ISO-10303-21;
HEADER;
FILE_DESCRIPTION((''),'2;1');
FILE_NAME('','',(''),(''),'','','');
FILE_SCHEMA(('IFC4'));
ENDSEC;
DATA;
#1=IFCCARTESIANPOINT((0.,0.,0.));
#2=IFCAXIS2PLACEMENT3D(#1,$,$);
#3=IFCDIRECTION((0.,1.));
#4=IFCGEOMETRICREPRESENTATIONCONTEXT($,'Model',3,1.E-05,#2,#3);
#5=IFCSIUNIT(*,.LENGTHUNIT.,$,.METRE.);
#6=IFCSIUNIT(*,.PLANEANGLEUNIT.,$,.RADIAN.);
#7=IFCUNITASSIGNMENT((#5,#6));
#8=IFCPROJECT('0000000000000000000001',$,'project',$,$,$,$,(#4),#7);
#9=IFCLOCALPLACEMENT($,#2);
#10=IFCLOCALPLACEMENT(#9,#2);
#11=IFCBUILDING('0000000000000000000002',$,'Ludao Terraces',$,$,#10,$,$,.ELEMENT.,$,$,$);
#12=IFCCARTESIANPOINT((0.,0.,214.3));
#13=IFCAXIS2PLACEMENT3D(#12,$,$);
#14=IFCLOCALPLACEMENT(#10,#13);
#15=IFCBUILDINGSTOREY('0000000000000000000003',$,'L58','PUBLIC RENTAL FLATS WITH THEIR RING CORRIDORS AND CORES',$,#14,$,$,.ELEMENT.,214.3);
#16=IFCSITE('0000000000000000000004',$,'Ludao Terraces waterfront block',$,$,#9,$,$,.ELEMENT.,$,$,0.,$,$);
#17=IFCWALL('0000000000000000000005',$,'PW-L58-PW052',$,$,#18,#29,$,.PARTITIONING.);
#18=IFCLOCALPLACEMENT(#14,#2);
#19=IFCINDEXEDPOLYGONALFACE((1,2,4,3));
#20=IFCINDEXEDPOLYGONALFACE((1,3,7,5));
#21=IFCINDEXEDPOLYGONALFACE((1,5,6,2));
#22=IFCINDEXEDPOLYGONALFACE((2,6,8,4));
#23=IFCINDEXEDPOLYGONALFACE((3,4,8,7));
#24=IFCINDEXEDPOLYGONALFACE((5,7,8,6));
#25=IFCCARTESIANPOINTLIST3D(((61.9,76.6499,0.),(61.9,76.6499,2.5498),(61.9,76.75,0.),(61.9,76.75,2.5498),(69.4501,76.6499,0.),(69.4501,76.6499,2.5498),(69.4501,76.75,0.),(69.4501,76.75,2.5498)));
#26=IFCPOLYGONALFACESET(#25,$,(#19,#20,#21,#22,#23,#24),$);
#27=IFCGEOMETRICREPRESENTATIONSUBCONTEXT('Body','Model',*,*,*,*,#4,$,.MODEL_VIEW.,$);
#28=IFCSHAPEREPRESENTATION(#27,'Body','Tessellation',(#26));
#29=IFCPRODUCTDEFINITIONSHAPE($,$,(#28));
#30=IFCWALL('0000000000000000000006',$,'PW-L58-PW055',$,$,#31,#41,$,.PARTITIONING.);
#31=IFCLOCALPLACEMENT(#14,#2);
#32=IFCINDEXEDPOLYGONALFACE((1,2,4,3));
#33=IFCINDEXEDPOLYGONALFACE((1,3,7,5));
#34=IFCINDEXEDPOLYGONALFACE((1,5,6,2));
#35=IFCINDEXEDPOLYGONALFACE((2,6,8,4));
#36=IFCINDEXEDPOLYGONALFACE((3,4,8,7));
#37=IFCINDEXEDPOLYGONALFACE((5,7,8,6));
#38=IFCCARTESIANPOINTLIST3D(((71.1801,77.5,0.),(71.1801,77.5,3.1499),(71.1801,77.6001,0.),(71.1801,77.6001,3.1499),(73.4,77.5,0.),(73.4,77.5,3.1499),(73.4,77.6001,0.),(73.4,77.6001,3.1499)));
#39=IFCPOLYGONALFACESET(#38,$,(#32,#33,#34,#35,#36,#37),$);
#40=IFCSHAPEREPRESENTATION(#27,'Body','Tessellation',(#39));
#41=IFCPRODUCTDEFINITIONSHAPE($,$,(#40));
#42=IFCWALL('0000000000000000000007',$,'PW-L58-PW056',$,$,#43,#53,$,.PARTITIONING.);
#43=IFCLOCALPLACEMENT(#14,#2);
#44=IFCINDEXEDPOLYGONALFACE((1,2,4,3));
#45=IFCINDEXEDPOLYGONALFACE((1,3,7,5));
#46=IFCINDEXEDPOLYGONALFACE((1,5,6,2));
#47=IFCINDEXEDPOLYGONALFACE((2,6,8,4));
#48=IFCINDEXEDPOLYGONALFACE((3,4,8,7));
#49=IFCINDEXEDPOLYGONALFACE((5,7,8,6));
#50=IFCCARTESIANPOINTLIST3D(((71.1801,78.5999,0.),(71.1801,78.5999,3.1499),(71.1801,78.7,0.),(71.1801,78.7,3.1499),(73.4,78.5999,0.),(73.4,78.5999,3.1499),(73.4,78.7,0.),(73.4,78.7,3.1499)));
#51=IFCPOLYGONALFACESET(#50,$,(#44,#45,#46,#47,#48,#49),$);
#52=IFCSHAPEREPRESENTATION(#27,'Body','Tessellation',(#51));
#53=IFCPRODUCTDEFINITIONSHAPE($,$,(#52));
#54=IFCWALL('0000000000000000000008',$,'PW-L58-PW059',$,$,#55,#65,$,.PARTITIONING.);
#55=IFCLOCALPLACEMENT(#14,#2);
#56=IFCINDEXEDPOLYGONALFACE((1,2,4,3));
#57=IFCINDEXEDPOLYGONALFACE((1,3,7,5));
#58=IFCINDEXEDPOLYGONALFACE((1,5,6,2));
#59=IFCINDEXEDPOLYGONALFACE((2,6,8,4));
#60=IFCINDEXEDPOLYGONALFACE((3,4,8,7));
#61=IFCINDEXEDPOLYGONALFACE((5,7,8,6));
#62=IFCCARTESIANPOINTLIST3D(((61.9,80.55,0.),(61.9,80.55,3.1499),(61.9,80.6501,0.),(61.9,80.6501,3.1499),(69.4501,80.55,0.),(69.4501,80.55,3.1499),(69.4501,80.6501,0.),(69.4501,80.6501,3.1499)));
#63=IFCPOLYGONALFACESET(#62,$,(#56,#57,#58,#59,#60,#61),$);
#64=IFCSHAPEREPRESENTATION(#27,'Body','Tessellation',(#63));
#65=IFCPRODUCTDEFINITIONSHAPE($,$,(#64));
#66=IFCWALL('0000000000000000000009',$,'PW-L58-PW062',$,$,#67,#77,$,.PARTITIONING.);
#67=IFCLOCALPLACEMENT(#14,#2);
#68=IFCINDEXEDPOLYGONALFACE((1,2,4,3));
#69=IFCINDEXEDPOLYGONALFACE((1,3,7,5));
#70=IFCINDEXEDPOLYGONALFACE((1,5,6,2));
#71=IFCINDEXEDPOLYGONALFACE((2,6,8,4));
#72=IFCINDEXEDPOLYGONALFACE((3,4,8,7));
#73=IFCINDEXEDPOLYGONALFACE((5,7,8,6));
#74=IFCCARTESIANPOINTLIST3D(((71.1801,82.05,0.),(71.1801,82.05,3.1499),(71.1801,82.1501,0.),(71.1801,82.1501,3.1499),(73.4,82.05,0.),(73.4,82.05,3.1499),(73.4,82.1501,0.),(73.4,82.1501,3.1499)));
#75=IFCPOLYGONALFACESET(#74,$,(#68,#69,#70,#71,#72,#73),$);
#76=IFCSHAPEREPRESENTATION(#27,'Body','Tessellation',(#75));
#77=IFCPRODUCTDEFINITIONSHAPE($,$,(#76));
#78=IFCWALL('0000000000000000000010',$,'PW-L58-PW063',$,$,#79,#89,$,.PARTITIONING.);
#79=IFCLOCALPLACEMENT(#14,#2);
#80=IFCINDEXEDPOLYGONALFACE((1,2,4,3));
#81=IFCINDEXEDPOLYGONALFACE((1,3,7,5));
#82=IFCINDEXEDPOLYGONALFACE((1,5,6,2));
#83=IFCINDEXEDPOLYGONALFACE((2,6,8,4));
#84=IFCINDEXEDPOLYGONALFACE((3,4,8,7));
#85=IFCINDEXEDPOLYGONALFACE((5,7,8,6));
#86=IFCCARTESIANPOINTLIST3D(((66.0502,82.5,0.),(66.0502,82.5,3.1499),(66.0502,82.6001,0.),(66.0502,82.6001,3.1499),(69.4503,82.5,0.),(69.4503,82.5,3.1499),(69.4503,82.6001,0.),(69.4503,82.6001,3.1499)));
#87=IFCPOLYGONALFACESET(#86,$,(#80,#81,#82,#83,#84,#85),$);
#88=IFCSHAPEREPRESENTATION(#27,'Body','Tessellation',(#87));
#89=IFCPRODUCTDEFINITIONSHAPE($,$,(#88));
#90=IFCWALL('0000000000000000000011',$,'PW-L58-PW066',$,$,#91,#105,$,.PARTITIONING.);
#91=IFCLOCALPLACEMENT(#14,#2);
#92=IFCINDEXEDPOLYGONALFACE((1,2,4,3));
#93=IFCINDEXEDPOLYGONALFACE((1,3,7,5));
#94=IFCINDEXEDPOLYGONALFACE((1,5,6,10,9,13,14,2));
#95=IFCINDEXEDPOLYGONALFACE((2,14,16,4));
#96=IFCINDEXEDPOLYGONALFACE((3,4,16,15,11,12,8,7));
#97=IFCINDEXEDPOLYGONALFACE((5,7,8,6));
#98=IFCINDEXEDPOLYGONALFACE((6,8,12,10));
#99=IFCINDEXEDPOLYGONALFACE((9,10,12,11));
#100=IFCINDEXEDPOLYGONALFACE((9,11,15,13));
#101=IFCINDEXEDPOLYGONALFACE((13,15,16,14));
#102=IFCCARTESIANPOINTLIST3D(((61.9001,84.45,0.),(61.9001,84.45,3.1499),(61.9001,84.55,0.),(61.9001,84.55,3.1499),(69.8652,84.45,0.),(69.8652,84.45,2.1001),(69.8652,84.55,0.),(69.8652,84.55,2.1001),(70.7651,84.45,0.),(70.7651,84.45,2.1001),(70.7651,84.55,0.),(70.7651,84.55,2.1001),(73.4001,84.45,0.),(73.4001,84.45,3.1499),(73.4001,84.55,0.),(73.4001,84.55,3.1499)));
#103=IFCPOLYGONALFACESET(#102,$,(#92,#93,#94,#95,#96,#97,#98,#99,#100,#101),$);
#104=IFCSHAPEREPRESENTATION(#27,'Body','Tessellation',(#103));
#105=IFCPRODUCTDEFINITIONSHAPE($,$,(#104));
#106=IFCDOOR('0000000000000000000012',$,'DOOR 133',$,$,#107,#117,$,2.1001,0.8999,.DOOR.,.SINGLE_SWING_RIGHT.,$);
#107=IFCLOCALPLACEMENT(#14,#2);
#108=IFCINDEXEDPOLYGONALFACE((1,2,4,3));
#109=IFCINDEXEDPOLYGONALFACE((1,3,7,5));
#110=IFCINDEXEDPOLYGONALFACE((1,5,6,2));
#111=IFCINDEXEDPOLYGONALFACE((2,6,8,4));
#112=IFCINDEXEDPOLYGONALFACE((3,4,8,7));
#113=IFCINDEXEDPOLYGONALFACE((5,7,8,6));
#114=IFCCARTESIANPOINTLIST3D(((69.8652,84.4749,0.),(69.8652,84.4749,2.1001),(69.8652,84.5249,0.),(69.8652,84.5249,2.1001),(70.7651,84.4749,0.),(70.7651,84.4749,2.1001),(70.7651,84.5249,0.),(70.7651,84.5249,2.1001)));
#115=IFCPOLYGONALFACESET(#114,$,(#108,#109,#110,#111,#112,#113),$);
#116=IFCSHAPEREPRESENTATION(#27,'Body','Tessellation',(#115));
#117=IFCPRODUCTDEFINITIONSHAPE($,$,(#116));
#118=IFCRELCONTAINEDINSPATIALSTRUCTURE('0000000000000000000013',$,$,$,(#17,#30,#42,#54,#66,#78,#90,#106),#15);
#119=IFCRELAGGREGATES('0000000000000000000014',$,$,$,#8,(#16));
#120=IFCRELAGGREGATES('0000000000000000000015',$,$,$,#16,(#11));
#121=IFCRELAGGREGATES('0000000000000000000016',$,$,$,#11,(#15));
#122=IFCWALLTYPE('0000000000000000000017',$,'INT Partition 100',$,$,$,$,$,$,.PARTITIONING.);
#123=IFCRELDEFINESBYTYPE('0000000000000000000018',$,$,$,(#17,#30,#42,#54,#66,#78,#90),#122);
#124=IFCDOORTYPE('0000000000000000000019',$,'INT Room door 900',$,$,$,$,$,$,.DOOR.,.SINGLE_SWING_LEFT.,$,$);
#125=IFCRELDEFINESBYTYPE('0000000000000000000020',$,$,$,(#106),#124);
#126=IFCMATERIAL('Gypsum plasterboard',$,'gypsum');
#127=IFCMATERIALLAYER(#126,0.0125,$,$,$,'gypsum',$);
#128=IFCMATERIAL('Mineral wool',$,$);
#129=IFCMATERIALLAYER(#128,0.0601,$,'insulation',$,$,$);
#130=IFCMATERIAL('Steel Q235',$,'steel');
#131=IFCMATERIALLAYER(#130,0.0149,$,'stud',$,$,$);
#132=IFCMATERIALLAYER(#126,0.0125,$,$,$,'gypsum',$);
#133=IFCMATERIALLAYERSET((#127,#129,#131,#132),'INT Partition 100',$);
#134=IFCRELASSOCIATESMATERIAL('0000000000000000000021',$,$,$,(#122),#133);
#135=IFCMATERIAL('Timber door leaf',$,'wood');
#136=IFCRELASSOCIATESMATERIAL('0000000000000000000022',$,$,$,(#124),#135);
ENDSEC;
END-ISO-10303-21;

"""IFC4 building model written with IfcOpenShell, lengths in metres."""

from ifc_helpers import new_model, si_unit, direction, frame, frame_2d, origin, place, context, subcontext, project, spatial, rectangle, extrude, material, layer, layer_set, type_object, element, fill, save


model = new_model("IFC4")

# Units and contexts
model_context = context("Model", 3, precision=1e-05, world=origin(), true_north=direction((0.0, 1.0)))
body_context = subcontext(model_context, "Body", "Model", "MODEL_VIEW")
ifc_project = project(units=[si_unit("LENGTHUNIT", "METRE"), si_unit("PLANEANGLEUNIT", "RADIAN")], contexts=[model_context])

# Site, building, storey
site_placement = place(None, origin())
site = spatial("IfcSite", under=ifc_project, at=site_placement, Name="Ludao Terraces waterfront block", CompositionType="ELEMENT", RefElevation=0.0)
building_placement = place(site_placement, origin())
building = spatial("IfcBuilding", under=site, at=building_placement, Name="Ludao Terraces", CompositionType="ELEMENT")
storey_placement = place(building_placement, frame((0.0, 0.0, 214.3)))
storey = spatial("IfcBuildingStorey", under=building, at=storey_placement, Name="L58", Description="PUBLIC RENTAL FLATS WITH THEIR RING CORRIDORS AND CORES", CompositionType="ELEMENT", Elevation=214.3)

# Shared definitions
ifc_material_1 = material(Name="Mineral wool")

# Walls
ifc_material_2 = material(Name="Gypsum plasterboard", Category="gypsum")
ifc_layer_1 = layer(ifc_material_2, 0.0125, Category="gypsum")
ifc_layer_2 = layer(ifc_material_1, 0.0601, Name="insulation")
ifc_material_3 = material(Name="Steel Q235", Category="steel")
ifc_layer_3 = layer(ifc_material_3, 0.0149, Name="stud")
ifc_layer_4 = layer(ifc_material_2, 0.0125, Category="gypsum")
ifc_layer_set_1 = layer_set([ifc_layer_1, ifc_layer_2, ifc_layer_3, ifc_layer_4], Name="INT Partition 100")
wall_type_1 = type_object("IfcWallType", Name="INT Partition 100", PredefinedType="PARTITIONING", material=ifc_layer_set_1)
wall_1_placement = place(storey_placement, frame((61.9001, 76.7, 0.0), z_axis=(0.0, 0.0, 1.0), x_axis=(1.0, 0.0, 0.0)))
element("IfcWall", 1, at=wall_1_placement, inside=storey, type_object=wall_type_1, Name="PW-L58-PW052", PredefinedType="PARTITIONING", context=body_context, shape_type="SweptSolid", body=[
    extrude(rectangle(XDim=7.55, YDim=0.1001, at=frame_2d((3.7749, 0.0))), origin(), (0.0, 0.0, 1.0), 2.5498),
])
for number, where, z_axis, x_axis, name in (
    (2, (71.1802, 77.55, 0.0), (0.0, 0.0, 1.0), (1.0, 0.0, 0.0), "PW-L58-PW055"),
    (3, (71.1802, 78.6499, 0.0), (0.0, 0.0, 1.0), (1.0, 0.0, 0.0), "PW-L58-PW056"),
):
    element("IfcWall", number, at=place(storey_placement, frame(where, z_axis=z_axis, x_axis=x_axis)), inside=storey, type_object=wall_type_1, Name=name, PredefinedType="PARTITIONING", context=body_context, shape_type="SweptSolid", body=[
        extrude(rectangle(XDim=2.22, YDim=0.1001, at=frame_2d((1.1099, 0.0))), origin(), (0.0, 0.0, 1.0), 3.1499),
    ])
wall_2_placement = place(storey_placement, frame((61.9001, 80.6001, 0.0), z_axis=(0.0, 0.0, 1.0), x_axis=(1.0, 0.0, 0.0)))
element("IfcWall", 4, at=wall_2_placement, inside=storey, type_object=wall_type_1, Name="PW-L58-PW059", PredefinedType="PARTITIONING", context=body_context, shape_type="SweptSolid", body=[
    extrude(rectangle(XDim=7.55, YDim=0.1001, at=frame_2d((3.7749, 0.0))), origin(), (0.0, 0.0, 1.0), 3.1499),
])
wall_3_placement = place(storey_placement, frame((71.1802, 82.1001, 0.0), z_axis=(0.0, 0.0, 1.0), x_axis=(1.0, 0.0, 0.0)))
element("IfcWall", 5, at=wall_3_placement, inside=storey, type_object=wall_type_1, Name="PW-L58-PW062", PredefinedType="PARTITIONING", context=body_context, shape_type="SweptSolid", body=[
    extrude(rectangle(XDim=2.22, YDim=0.1001, at=frame_2d((1.1099, 0.0))), origin(), (0.0, 0.0, 1.0), 3.1499),
])
wall_4_placement = place(storey_placement, frame((66.05, 82.55, 0.0), z_axis=(0.0, 0.0, 1.0), x_axis=(1.0, 0.0, 0.0)))
element("IfcWall", 6, at=wall_4_placement, inside=storey, type_object=wall_type_1, Name="PW-L58-PW063", PredefinedType="PARTITIONING", context=body_context, shape_type="SweptSolid", body=[
    extrude(rectangle(XDim=3.4001, YDim=0.1001, at=frame_2d((1.7002, 0.0))), origin(), (0.0, 0.0, 1.0), 3.1499),
])

# Wall, opening, door
wall_5_placement = place(storey_placement, frame((61.9001, 84.5, 0.0), z_axis=(0.0, 0.0, 1.0), x_axis=(1.0, 0.0, 0.0)))
wall_5 = element("IfcWall", 7, at=wall_5_placement, inside=storey, type_object=wall_type_1, Name="PW-L58-PW066", PredefinedType="PARTITIONING", context=body_context, shape_type="SweptSolid", body=[
    extrude(rectangle(XDim=11.5, YDim=0.1001, at=frame_2d((5.75, 0.0))), origin(), (0.0, 0.0, 1.0), 3.1499),
])
opening_1_placement = place(wall_5_placement, frame((7.9651, 0.0, 0.0)))
opening_1 = element("IfcOpeningElement", 8, at=opening_1_placement, cuts=wall_5, PredefinedType="OPENING", context=body_context, shape_type="SweptSolid", body=[
    extrude(rectangle(XDim=0.8999, YDim=2.1001, at=frame_2d((0.45, 1.05))), frame((0.0, 0.0601, 0.0), z_axis=(0.0, -1.0, 0.0), x_axis=(1.0, 0.0, 0.0)), (0.0, 0.0, 1.0), 0.1201),
])
ifc_material_4 = material(Name="Timber door leaf", Category="wood")
door_type = type_object("IfcDoorType", Name="INT Room door 900", OperationType="SINGLE_SWING_LEFT", PredefinedType="DOOR", material=ifc_material_4)
door_placement = place(opening_1_placement, origin())
door = element("IfcDoor", 9, at=door_placement, inside=storey, type_object=door_type, Name="DOOR 133", OperationType="SINGLE_SWING_RIGHT", OverallHeight=2.1001, OverallWidth=0.8999, PredefinedType="DOOR", context=body_context, shape_type="SweptSolid", body=[
    extrude(rectangle(XDim=0.8999, YDim=2.1001, at=frame_2d((0.45, 1.05))), frame((0.0, 0.0249, 0.0), z_axis=(0.0, -1.0, 0.0), x_axis=(1.0, 0.0, 0.0)), (0.0, 0.0, 1.0), 0.05),
])
fill(opening_1, door)

save(model, "model.ifc")
